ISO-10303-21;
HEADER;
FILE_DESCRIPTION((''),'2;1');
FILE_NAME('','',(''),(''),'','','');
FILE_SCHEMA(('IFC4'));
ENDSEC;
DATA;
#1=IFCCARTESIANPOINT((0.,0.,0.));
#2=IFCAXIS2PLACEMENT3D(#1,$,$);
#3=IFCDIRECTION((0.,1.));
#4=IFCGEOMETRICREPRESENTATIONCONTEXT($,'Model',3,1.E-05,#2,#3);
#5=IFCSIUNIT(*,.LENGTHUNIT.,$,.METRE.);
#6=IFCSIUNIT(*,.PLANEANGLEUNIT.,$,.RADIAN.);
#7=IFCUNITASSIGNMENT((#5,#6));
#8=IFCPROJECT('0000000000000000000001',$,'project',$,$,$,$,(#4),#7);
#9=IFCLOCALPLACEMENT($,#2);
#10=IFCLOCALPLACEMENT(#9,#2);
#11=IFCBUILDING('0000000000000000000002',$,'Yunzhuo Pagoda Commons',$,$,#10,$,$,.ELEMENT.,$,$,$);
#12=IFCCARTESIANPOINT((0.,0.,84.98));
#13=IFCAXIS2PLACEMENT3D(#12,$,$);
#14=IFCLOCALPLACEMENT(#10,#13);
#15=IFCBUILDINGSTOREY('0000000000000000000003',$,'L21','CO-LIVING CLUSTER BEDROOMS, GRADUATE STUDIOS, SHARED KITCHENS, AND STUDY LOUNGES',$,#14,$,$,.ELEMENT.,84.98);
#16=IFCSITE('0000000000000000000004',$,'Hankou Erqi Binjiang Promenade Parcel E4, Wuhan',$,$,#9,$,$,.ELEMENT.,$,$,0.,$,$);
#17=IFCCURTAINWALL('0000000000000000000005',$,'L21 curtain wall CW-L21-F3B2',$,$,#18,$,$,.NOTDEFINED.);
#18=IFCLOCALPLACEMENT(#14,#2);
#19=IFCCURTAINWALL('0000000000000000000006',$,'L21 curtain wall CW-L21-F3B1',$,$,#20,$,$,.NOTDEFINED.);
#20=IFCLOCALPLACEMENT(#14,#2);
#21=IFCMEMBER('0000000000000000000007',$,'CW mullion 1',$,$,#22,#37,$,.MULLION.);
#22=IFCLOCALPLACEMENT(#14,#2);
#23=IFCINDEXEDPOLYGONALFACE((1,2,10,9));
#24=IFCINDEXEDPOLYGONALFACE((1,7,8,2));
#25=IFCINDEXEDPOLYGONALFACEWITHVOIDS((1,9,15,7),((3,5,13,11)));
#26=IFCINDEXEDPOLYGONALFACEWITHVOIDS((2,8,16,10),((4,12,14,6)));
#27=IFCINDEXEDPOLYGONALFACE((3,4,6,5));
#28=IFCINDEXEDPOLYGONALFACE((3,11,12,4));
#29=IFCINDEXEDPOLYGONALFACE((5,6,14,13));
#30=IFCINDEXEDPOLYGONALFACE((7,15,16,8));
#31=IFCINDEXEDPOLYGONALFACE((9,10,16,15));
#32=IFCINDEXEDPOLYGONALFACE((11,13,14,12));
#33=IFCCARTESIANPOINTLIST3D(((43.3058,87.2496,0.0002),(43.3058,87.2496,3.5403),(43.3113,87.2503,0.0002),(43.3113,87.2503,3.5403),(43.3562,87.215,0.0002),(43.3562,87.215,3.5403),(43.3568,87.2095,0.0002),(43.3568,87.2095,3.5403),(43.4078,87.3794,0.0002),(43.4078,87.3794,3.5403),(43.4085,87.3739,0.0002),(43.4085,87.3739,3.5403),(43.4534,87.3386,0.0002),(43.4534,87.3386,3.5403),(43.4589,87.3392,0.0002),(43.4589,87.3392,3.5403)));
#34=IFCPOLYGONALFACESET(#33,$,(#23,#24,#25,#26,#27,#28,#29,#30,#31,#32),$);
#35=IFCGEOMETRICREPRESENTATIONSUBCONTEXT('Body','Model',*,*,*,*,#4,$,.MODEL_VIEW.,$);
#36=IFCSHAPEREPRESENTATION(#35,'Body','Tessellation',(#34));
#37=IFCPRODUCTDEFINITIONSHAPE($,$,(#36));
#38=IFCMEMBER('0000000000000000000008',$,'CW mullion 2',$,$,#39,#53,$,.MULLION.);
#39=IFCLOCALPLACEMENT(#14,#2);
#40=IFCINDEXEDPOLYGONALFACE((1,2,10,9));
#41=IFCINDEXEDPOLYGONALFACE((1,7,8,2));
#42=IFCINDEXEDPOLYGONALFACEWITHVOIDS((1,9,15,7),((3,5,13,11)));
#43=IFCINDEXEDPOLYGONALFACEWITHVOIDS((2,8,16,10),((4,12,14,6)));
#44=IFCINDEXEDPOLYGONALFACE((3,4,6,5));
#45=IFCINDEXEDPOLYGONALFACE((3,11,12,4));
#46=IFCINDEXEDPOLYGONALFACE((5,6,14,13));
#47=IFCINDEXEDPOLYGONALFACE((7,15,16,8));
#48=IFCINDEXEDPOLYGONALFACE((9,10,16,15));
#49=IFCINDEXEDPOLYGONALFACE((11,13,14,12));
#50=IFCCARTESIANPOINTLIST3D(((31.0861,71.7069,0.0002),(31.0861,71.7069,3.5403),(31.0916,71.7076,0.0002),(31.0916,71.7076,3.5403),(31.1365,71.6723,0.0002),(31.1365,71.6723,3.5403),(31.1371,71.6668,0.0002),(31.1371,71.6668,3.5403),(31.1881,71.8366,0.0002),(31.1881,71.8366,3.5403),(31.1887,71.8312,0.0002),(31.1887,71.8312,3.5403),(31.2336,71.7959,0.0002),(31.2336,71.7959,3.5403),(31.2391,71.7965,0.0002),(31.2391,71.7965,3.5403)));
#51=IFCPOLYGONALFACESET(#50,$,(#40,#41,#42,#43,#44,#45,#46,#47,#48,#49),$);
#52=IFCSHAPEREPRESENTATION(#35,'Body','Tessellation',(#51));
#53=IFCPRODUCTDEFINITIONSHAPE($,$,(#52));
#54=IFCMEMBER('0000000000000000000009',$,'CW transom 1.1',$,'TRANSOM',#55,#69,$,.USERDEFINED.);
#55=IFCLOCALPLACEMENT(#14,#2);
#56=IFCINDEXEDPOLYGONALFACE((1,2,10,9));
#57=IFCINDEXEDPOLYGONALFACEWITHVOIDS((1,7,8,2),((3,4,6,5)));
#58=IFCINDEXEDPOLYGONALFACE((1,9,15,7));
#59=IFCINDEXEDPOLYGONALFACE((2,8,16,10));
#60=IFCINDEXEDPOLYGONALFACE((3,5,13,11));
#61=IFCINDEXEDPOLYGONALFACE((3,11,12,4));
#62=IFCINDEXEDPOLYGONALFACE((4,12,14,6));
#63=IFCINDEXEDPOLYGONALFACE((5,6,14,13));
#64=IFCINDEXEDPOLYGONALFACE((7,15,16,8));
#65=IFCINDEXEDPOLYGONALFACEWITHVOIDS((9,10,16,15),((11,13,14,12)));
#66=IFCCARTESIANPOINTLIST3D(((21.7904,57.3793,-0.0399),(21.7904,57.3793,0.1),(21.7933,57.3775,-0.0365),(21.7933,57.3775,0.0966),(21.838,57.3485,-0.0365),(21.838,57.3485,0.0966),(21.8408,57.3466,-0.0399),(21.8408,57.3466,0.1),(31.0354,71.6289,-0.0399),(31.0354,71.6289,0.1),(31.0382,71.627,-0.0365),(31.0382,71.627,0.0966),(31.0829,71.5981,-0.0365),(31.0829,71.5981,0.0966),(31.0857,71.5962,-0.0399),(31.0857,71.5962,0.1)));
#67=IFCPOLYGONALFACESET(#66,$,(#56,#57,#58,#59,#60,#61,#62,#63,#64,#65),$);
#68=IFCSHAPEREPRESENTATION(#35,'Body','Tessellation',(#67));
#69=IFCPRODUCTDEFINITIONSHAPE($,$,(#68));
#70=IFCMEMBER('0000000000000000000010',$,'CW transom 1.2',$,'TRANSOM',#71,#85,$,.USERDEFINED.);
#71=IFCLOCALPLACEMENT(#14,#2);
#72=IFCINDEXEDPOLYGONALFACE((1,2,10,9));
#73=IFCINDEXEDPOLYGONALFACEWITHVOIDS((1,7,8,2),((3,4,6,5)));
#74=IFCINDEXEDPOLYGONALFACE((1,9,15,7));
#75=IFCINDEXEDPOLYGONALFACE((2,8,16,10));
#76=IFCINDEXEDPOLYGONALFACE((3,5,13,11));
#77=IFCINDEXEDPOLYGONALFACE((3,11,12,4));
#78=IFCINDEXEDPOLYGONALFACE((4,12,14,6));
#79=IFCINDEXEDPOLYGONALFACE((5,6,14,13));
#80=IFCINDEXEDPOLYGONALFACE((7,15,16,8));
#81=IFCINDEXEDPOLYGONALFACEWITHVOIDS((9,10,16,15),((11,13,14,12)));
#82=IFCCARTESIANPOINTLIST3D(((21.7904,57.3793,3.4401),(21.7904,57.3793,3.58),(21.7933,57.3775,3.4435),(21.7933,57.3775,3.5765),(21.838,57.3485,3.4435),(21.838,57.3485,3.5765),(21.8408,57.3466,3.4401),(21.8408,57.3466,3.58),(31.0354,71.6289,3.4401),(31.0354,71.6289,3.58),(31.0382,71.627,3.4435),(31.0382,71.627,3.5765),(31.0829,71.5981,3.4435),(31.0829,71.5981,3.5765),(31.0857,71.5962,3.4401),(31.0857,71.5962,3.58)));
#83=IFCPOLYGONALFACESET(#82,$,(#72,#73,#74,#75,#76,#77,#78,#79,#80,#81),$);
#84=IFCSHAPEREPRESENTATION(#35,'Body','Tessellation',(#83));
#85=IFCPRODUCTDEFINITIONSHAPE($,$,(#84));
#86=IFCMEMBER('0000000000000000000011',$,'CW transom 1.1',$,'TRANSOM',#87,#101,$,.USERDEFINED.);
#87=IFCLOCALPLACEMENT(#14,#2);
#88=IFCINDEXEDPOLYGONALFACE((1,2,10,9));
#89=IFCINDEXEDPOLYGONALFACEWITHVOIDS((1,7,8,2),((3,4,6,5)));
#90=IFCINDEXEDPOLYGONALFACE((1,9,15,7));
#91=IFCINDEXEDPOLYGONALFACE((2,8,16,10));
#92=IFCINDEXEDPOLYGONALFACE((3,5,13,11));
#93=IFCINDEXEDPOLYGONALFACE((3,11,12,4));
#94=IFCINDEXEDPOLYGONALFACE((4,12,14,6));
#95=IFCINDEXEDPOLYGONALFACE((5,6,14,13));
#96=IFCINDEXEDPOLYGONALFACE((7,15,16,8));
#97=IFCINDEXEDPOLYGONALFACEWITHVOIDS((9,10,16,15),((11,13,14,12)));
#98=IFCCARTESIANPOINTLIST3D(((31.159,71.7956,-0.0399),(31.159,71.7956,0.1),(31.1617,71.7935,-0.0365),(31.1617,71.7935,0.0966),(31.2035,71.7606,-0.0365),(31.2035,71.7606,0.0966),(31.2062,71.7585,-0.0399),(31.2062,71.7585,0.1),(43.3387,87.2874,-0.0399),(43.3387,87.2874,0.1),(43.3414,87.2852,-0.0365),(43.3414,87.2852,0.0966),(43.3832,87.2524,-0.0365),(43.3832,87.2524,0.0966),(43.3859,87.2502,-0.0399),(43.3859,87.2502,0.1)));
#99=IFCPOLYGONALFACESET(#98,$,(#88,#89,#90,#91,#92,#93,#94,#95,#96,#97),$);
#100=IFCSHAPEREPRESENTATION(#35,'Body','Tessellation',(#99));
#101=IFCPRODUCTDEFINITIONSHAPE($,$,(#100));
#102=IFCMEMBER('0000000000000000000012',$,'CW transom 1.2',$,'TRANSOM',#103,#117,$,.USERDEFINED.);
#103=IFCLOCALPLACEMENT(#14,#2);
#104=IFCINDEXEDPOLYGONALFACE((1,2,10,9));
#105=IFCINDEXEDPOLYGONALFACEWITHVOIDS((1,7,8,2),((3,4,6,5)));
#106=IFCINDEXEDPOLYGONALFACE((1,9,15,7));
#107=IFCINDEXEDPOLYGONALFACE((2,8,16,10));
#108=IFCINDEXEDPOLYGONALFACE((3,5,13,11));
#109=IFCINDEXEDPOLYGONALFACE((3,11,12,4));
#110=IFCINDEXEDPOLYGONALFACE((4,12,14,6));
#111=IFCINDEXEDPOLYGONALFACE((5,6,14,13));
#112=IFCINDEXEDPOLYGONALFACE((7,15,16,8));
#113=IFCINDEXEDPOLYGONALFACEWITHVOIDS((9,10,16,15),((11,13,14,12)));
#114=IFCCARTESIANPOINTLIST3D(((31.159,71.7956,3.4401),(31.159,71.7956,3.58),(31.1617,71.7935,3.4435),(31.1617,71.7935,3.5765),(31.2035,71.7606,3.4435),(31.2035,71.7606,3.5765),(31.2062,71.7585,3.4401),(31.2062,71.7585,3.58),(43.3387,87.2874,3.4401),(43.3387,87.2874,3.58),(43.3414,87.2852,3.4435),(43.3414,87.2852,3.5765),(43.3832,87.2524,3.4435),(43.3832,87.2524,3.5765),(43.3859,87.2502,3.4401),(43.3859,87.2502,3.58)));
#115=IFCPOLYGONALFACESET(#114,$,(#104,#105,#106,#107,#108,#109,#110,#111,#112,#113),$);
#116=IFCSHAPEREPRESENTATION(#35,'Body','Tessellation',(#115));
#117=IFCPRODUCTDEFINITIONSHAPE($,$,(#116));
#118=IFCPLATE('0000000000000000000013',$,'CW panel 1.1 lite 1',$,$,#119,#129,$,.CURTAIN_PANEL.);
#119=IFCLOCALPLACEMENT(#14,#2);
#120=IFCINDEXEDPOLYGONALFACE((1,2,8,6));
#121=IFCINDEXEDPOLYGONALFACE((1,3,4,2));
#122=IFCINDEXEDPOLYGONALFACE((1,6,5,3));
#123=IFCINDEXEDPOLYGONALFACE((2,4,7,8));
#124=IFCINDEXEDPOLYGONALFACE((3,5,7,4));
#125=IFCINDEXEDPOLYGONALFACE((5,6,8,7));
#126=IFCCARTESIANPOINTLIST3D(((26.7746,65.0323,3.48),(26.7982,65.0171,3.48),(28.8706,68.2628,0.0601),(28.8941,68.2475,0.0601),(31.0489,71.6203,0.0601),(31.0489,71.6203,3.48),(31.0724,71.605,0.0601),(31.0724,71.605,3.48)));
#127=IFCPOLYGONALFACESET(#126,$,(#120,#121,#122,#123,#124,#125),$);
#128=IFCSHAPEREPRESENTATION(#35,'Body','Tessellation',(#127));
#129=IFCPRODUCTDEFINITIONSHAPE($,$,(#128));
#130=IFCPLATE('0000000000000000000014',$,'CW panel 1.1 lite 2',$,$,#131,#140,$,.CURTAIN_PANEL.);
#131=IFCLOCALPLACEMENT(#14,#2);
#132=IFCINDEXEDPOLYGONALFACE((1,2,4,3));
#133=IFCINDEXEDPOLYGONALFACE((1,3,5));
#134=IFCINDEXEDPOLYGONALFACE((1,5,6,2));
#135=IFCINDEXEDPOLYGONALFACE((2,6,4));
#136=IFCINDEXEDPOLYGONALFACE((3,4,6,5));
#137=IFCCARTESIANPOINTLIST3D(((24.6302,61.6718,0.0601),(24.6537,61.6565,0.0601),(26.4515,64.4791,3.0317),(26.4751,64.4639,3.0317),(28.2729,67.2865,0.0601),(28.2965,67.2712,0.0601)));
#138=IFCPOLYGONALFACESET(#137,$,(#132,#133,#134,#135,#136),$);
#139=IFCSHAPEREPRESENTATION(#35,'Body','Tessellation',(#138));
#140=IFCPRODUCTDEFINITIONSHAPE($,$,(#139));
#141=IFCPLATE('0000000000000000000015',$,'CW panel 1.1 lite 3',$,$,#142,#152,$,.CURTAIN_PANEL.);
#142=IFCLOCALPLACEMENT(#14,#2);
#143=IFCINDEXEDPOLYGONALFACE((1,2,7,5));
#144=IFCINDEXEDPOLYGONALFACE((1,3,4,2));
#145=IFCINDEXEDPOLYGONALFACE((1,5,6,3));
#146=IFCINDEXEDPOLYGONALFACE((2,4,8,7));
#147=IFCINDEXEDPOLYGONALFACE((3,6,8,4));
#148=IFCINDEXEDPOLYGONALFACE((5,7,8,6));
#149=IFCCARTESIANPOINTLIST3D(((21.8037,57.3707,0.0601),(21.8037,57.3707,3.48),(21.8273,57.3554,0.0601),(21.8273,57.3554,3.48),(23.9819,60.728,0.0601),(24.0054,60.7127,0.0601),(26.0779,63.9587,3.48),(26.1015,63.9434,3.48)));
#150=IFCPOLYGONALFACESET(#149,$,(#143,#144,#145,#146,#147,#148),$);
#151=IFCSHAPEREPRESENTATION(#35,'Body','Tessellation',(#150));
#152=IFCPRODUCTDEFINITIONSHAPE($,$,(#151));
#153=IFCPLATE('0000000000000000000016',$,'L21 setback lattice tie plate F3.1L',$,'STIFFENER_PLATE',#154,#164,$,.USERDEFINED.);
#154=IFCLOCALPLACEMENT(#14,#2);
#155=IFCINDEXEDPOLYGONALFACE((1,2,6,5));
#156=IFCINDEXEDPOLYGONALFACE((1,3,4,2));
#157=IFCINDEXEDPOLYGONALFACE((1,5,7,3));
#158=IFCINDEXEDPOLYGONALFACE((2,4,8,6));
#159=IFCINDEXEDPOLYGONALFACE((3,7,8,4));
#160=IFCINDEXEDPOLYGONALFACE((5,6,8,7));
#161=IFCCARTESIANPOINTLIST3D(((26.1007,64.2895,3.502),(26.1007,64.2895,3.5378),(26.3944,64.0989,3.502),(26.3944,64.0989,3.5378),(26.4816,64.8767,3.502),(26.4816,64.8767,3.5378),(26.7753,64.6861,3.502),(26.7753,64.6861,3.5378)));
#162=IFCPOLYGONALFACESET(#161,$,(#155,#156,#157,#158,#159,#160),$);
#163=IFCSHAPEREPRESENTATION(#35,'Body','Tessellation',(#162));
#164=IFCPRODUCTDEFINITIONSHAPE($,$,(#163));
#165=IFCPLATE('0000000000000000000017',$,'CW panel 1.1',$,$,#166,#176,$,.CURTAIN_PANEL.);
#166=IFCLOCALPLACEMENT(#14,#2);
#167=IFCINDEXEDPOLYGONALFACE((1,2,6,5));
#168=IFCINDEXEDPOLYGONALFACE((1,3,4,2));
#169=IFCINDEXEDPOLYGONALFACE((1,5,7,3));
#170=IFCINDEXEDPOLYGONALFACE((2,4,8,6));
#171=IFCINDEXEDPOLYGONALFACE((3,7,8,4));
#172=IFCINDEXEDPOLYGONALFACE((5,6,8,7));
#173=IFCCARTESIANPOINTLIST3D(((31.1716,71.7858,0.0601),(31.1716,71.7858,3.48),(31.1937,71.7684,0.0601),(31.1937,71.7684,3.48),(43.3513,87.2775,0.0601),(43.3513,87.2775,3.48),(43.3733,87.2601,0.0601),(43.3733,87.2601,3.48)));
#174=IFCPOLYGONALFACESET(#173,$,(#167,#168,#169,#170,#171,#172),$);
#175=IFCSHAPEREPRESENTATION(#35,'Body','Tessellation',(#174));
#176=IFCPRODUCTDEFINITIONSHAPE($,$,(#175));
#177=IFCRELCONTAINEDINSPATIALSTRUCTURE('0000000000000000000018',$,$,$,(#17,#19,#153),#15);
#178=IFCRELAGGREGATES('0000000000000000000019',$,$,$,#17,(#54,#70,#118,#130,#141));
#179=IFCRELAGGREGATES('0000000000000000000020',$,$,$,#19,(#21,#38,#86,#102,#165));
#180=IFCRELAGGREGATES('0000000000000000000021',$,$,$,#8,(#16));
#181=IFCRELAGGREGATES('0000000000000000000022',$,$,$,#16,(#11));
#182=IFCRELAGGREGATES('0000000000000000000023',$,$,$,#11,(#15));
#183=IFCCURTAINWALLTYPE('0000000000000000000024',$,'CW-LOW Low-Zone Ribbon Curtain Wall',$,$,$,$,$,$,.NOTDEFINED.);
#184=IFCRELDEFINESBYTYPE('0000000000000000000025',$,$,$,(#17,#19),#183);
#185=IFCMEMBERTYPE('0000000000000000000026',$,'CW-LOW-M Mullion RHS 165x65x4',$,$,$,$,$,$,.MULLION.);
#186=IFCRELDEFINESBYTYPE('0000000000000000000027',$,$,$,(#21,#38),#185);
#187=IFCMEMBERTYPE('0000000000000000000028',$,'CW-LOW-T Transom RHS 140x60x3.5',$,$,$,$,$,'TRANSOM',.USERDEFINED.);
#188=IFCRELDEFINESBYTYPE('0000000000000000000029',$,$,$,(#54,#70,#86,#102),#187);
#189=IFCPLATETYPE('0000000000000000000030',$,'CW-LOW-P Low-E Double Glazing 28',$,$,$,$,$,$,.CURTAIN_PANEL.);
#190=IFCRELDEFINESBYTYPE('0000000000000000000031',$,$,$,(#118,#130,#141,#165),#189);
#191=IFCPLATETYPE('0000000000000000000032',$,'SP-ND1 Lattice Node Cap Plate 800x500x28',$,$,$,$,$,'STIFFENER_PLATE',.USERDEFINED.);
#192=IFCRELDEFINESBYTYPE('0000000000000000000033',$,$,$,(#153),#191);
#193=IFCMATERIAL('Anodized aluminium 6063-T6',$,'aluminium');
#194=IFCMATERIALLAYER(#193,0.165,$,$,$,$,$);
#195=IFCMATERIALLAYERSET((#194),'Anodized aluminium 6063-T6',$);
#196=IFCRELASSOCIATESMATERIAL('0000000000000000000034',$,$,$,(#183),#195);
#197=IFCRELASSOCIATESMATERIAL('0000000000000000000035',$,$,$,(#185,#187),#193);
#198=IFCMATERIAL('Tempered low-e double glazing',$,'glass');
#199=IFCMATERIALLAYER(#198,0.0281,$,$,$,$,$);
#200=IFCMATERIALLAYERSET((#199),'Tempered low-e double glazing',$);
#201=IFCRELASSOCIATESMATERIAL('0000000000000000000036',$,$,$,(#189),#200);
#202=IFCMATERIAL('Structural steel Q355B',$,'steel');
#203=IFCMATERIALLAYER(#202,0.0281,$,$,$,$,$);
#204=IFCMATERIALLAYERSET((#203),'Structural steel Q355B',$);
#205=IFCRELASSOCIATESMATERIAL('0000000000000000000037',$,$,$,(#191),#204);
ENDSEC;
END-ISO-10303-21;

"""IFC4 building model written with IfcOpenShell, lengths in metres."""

from ifc_helpers import new_model, si_unit, direction, frame, origin, origin_2d, place, context, subcontext, project, spatial, polyline, rectangle, hollow_rectangle, outline, extrude, source, transform, mapped, material, layer, layer_set, material_profile, profile_set, type_object, element, aggregate, save


model = new_model("IFC4")

# Units and contexts
model_context = context("Model", 3, precision=1e-05, world=origin(), true_north=direction((0.0, 1.0)))
body_context = subcontext(model_context, "Body", "Model", "MODEL_VIEW")
ifc_project = project(units=[si_unit("LENGTHUNIT", "METRE"), si_unit("PLANEANGLEUNIT", "RADIAN")], contexts=[model_context])

# Site, building, storey
site_placement = place(None, origin())
site = spatial("IfcSite", under=ifc_project, at=site_placement, Name="Hankou Erqi Binjiang Promenade Parcel E4, Wuhan", CompositionType="ELEMENT", RefElevation=0.0)
building_placement = place(site_placement, origin())
building = spatial("IfcBuilding", under=site, at=building_placement, Name="Yunzhuo Pagoda Commons", CompositionType="ELEMENT")
storey_placement = place(building_placement, frame((0.0, 0.0, 84.98)))
storey = spatial("IfcBuildingStorey", under=building, at=storey_placement, Name="L21", Description="CO-LIVING CLUSTER BEDROOMS, GRADUATE STUDIOS, SHARED KITCHENS, AND STUDY LOUNGES", CompositionType="ELEMENT", Elevation=84.98)

# Shared definitions
ifc_material_1 = material(Name="Structural steel Q355B", Category="steel")

# Curtain wall
ifc_material_2 = material(Name="Anodized aluminium 6063-T6", Category="aluminium")
ifc_layer_1 = layer(ifc_material_2, 0.165)
ifc_layer_set_1 = layer_set([ifc_layer_1], Name="Anodized aluminium 6063-T6")
curtain_wall_type = type_object("IfcCurtainWallType", Name="CW-LOW Low-Zone Ribbon Curtain Wall", PredefinedType="NOTDEFINED", material=ifc_layer_set_1)
curtain_wall_1_placement = place(storey_placement, origin())
curtain_wall_1 = element("IfcCurtainWall", 1, at=curtain_wall_1_placement, inside=storey, type_object=curtain_wall_type, Name="L21 curtain wall CW-L21-F3B2", PredefinedType="NOTDEFINED")
ifc_material_profile_1 = material_profile(ifc_material_2, hollow_rectangle(XDim=0.0649, YDim=0.165, WallThickness=0.0039, at=origin_2d()), Name="Anodized aluminium 6063-T6")
ifc_profile_set_1 = profile_set([ifc_material_profile_1], Name="Anodized aluminium 6063-T6")
member_type_1 = type_object("IfcMemberType", Name="CW-LOW-M Mullion RHS 165x65x4", PredefinedType="MULLION", material=ifc_profile_set_1)
shared_shape_1 = source(origin(), body_context, "Body", "SweptSolid", [
    extrude(hollow_rectangle(XDim=0.0649, YDim=0.165, WallThickness=0.0039, at=origin_2d()), origin(), (0.0, 0.0, 1.0), 3.54),
])

# Curtain wall, members
curtain_wall_2_placement = place(storey_placement, origin())
curtain_wall_2 = element("IfcCurtainWall", 2, at=curtain_wall_2_placement, inside=storey, type_object=curtain_wall_type, Name="L21 curtain wall CW-L21-F3B1", PredefinedType="NOTDEFINED")
member_1_placement = place(storey_placement, frame((43.3823, 87.2944, 0.0002), z_axis=(0.0, 0.0, 1.0), x_axis=(0.786131, -0.61806, 0.0)))
member_1 = element("IfcMember", 3, at=member_1_placement, type_object=member_type_1, Name="CW mullion 1", PredefinedType="MULLION", context=body_context, shape_type="MappedRepresentation", body=[
    mapped(shared_shape_1, transform((0.0, 0.0, 0.0), scale=1.0)),
])
member_2_placement = place(storey_placement, frame((31.1626, 71.7517, 0.0002), z_axis=(0.0, 0.0, 1.0), x_axis=(0.786131, -0.61806, 0.0)))
member_2 = element("IfcMember", 4, at=member_2_placement, type_object=member_type_1, Name="CW mullion 2", PredefinedType="MULLION", context=body_context, shape_type="MappedRepresentation", body=[
    mapped(shared_shape_1, transform((0.0, 0.0, 0.0), scale=1.0)),
])

# Members
ifc_material_profile_2 = material_profile(ifc_material_2, hollow_rectangle(XDim=0.0601, YDim=0.1399, WallThickness=0.0034, at=origin_2d()), Name="Anodized aluminium 6063-T6")
ifc_profile_set_2 = profile_set([ifc_material_profile_2], Name="Anodized aluminium 6063-T6")
member_type_2 = type_object("IfcMemberType", Name="CW-LOW-T Transom RHS 140x60x3.5", ElementType="TRANSOM", PredefinedType="USERDEFINED", material=ifc_profile_set_2)
shared_shape_2 = source(origin(), body_context, "Body", "SweptSolid", [
    extrude(hollow_rectangle(XDim=0.0601, YDim=0.1399, WallThickness=0.0034, at=origin_2d()), origin(), (0.0, 0.0, 1.0), 16.9858),
])
member_3_placement = place(storey_placement, frame((31.0605, 71.6125, 0.03), z_axis=(-0.544272, -0.838909, 0.0), x_axis=(0.838909, -0.544272, 0.0)))
member_3 = element("IfcMember", 5, at=member_3_placement, type_object=member_type_2, Name="CW transom 1.1", ObjectType="TRANSOM", PredefinedType="USERDEFINED", context=body_context, shape_type="MappedRepresentation", body=[
    mapped(shared_shape_2, transform((0.0, 0.0, 0.0), scale=1.0)),
])
member_4_placement = place(storey_placement, frame((31.0605, 71.6125, 3.51), z_axis=(-0.544272, -0.838909, 0.0), x_axis=(0.838909, -0.544272, 0.0)))
member_4 = element("IfcMember", 6, at=member_4_placement, type_object=member_type_2, Name="CW transom 1.2", ObjectType="TRANSOM", PredefinedType="USERDEFINED", context=body_context, shape_type="MappedRepresentation", body=[
    mapped(shared_shape_2, transform((0.0, 0.0, 0.0), scale=1.0)),
])
shared_shape_3 = source(origin(), body_context, "Body", "SweptSolid", [
    extrude(hollow_rectangle(XDim=0.0601, YDim=0.1399, WallThickness=0.0034, at=origin_2d()), origin(), (0.0, 0.0, 1.0), 19.7063),
])
member_5_placement = place(storey_placement, frame((43.3623, 87.2688, 0.03), z_axis=(-0.618061, -0.78613, 0.0), x_axis=(0.78613, -0.618061, 0.0)))
member_5 = element("IfcMember", 7, at=member_5_placement, type_object=member_type_2, Name="CW transom 1.1", ObjectType="TRANSOM", PredefinedType="USERDEFINED", context=body_context, shape_type="MappedRepresentation", body=[
    mapped(shared_shape_3, transform((0.0, 0.0, 0.0), scale=1.0)),
])
member_6_placement = place(storey_placement, frame((43.3623, 87.2688, 3.51), z_axis=(-0.618061, -0.78613, 0.0), x_axis=(0.78613, -0.618061, 0.0)))
member_6 = element("IfcMember", 8, at=member_6_placement, type_object=member_type_2, Name="CW transom 1.2", ObjectType="TRANSOM", PredefinedType="USERDEFINED", context=body_context, shape_type="MappedRepresentation", body=[
    mapped(shared_shape_3, transform((0.0, 0.0, 0.0), scale=1.0)),
])

# Plates
ifc_material_3 = material(Name="Tempered low-e double glazing", Category="glass")
ifc_layer_2 = layer(ifc_material_3, 0.0281)
ifc_layer_set_2 = layer_set([ifc_layer_2], Name="Tempered low-e double glazing")
plate_type_1 = type_object("IfcPlateType", Name="CW-LOW-P Low-E Double Glazing 28", PredefinedType="CURTAIN_PANEL", material=ifc_layer_set_2)
plate_1_placement = place(storey_placement, frame((28.9353, 68.311, 1.77), z_axis=(-0.838907, 0.544275, 0.0), x_axis=(-0.544275, -0.838907, 0.0)))
plate_1 = element("IfcPlate", 9, at=plate_1_placement, type_object=plate_type_1, Name="CW panel 1.1 lite 1", PredefinedType="CURTAIN_PANEL", context=body_context, shape_type="SweptSolid", body=[
    extrude(outline(polyline([(-3.9265, -1.71), (0.0757, -1.71), (3.9265, 1.71), (-3.9265, 1.71), (-3.9265, -1.71)])), origin(), (0.0, 0.0, 1.0), 0.0281),
])
plate_2_placement = place(storey_placement, frame((26.4751, 64.4639, 1.5459), z_axis=(-0.838907, 0.544275, 0.0), x_axis=(-0.544275, -0.838907, 0.0)))
plate_2 = element("IfcPlate", 10, at=plate_2_placement, type_object=plate_type_1, Name="CW panel 1.1 lite 2", PredefinedType="CURTAIN_PANEL", context=body_context, shape_type="SweptSolid", body=[
    extrude(outline(polyline([(-3.3464, -1.4858), (3.3464, -1.4858), (0.0, 1.4858), (-3.3464, -1.4858)])), origin(), (0.0, 0.0, 1.0), 0.0281),
])
plate_3_placement = place(storey_placement, frame((23.9644, 60.6494, 1.77), z_axis=(-0.838907, 0.544275, 0.0), x_axis=(-0.544275, -0.838907, 0.0)))
plate_3 = element("IfcPlate", 11, at=plate_3_placement, type_object=plate_type_1, Name="CW panel 1.1 lite 3", PredefinedType="CURTAIN_PANEL", context=body_context, shape_type="SweptSolid", body=[
    extrude(outline(polyline([(-3.9265, 1.71), (-0.0754, -1.71), (3.9265, -1.71), (3.9265, 1.71), (-3.9265, 1.71)])), origin(), (0.0, 0.0, 1.0), 0.0281),
])
aggregate(curtain_wall_1, [member_3, member_4, plate_1, plate_2, plate_3])
ifc_layer_3 = layer(ifc_material_1, 0.0281)
ifc_layer_set_3 = layer_set([ifc_layer_3], Name="Structural steel Q355B")
plate_type_2 = type_object("IfcPlateType", Name="SP-ND1 Lattice Node Cap Plate 800x500x28", ElementType="STIFFENER_PLATE", PredefinedType="USERDEFINED", material=ifc_layer_set_3)
shared_shape_4 = source(origin(), body_context, "Body", "SweptSolid", [
    extrude(rectangle(XDim=0.7, YDim=0.3501, at=origin_2d()), origin(), (0.0, 0.0, 1.0), 0.0359),
])
plate_4_placement = place(storey_placement, frame((26.438, 64.4878, 3.502), z_axis=(0.0, 0.0, 1.0), x_axis=(-0.544273, -0.838908, 0.0)))
element("IfcPlate", 12, at=plate_4_placement, inside=storey, type_object=plate_type_2, Name="L21 setback lattice tie plate F3.1L", ObjectType="STIFFENER_PLATE", PredefinedType="USERDEFINED", context=body_context, shape_type="MappedRepresentation", body=[
    mapped(shared_shape_4, transform((0.0, 0.0, 0.0), scale=1.0)),
])
shared_shape_5 = source(origin(), body_context, "Body", "SweptSolid", [
    extrude(rectangle(XDim=19.7063, YDim=0.0281, at=origin_2d()), origin(), (0.0, 0.0, 1.0), 3.4199),
])
plate_5_placement = place(storey_placement, frame((37.2725, 79.5229, 0.0601), z_axis=(0.0, 0.0, 1.0), x_axis=(-0.61806, -0.786131, 0.0)))
plate_5 = element("IfcPlate", 13, at=plate_5_placement, type_object=plate_type_1, Name="CW panel 1.1", PredefinedType="CURTAIN_PANEL", context=body_context, shape_type="MappedRepresentation", body=[
    mapped(shared_shape_5, transform((0.0, 0.0, 0.0), scale=1.0)),
])
aggregate(curtain_wall_2, [member_1, member_2, member_5, member_6, plate_5])

save(model, "model.ifc")
